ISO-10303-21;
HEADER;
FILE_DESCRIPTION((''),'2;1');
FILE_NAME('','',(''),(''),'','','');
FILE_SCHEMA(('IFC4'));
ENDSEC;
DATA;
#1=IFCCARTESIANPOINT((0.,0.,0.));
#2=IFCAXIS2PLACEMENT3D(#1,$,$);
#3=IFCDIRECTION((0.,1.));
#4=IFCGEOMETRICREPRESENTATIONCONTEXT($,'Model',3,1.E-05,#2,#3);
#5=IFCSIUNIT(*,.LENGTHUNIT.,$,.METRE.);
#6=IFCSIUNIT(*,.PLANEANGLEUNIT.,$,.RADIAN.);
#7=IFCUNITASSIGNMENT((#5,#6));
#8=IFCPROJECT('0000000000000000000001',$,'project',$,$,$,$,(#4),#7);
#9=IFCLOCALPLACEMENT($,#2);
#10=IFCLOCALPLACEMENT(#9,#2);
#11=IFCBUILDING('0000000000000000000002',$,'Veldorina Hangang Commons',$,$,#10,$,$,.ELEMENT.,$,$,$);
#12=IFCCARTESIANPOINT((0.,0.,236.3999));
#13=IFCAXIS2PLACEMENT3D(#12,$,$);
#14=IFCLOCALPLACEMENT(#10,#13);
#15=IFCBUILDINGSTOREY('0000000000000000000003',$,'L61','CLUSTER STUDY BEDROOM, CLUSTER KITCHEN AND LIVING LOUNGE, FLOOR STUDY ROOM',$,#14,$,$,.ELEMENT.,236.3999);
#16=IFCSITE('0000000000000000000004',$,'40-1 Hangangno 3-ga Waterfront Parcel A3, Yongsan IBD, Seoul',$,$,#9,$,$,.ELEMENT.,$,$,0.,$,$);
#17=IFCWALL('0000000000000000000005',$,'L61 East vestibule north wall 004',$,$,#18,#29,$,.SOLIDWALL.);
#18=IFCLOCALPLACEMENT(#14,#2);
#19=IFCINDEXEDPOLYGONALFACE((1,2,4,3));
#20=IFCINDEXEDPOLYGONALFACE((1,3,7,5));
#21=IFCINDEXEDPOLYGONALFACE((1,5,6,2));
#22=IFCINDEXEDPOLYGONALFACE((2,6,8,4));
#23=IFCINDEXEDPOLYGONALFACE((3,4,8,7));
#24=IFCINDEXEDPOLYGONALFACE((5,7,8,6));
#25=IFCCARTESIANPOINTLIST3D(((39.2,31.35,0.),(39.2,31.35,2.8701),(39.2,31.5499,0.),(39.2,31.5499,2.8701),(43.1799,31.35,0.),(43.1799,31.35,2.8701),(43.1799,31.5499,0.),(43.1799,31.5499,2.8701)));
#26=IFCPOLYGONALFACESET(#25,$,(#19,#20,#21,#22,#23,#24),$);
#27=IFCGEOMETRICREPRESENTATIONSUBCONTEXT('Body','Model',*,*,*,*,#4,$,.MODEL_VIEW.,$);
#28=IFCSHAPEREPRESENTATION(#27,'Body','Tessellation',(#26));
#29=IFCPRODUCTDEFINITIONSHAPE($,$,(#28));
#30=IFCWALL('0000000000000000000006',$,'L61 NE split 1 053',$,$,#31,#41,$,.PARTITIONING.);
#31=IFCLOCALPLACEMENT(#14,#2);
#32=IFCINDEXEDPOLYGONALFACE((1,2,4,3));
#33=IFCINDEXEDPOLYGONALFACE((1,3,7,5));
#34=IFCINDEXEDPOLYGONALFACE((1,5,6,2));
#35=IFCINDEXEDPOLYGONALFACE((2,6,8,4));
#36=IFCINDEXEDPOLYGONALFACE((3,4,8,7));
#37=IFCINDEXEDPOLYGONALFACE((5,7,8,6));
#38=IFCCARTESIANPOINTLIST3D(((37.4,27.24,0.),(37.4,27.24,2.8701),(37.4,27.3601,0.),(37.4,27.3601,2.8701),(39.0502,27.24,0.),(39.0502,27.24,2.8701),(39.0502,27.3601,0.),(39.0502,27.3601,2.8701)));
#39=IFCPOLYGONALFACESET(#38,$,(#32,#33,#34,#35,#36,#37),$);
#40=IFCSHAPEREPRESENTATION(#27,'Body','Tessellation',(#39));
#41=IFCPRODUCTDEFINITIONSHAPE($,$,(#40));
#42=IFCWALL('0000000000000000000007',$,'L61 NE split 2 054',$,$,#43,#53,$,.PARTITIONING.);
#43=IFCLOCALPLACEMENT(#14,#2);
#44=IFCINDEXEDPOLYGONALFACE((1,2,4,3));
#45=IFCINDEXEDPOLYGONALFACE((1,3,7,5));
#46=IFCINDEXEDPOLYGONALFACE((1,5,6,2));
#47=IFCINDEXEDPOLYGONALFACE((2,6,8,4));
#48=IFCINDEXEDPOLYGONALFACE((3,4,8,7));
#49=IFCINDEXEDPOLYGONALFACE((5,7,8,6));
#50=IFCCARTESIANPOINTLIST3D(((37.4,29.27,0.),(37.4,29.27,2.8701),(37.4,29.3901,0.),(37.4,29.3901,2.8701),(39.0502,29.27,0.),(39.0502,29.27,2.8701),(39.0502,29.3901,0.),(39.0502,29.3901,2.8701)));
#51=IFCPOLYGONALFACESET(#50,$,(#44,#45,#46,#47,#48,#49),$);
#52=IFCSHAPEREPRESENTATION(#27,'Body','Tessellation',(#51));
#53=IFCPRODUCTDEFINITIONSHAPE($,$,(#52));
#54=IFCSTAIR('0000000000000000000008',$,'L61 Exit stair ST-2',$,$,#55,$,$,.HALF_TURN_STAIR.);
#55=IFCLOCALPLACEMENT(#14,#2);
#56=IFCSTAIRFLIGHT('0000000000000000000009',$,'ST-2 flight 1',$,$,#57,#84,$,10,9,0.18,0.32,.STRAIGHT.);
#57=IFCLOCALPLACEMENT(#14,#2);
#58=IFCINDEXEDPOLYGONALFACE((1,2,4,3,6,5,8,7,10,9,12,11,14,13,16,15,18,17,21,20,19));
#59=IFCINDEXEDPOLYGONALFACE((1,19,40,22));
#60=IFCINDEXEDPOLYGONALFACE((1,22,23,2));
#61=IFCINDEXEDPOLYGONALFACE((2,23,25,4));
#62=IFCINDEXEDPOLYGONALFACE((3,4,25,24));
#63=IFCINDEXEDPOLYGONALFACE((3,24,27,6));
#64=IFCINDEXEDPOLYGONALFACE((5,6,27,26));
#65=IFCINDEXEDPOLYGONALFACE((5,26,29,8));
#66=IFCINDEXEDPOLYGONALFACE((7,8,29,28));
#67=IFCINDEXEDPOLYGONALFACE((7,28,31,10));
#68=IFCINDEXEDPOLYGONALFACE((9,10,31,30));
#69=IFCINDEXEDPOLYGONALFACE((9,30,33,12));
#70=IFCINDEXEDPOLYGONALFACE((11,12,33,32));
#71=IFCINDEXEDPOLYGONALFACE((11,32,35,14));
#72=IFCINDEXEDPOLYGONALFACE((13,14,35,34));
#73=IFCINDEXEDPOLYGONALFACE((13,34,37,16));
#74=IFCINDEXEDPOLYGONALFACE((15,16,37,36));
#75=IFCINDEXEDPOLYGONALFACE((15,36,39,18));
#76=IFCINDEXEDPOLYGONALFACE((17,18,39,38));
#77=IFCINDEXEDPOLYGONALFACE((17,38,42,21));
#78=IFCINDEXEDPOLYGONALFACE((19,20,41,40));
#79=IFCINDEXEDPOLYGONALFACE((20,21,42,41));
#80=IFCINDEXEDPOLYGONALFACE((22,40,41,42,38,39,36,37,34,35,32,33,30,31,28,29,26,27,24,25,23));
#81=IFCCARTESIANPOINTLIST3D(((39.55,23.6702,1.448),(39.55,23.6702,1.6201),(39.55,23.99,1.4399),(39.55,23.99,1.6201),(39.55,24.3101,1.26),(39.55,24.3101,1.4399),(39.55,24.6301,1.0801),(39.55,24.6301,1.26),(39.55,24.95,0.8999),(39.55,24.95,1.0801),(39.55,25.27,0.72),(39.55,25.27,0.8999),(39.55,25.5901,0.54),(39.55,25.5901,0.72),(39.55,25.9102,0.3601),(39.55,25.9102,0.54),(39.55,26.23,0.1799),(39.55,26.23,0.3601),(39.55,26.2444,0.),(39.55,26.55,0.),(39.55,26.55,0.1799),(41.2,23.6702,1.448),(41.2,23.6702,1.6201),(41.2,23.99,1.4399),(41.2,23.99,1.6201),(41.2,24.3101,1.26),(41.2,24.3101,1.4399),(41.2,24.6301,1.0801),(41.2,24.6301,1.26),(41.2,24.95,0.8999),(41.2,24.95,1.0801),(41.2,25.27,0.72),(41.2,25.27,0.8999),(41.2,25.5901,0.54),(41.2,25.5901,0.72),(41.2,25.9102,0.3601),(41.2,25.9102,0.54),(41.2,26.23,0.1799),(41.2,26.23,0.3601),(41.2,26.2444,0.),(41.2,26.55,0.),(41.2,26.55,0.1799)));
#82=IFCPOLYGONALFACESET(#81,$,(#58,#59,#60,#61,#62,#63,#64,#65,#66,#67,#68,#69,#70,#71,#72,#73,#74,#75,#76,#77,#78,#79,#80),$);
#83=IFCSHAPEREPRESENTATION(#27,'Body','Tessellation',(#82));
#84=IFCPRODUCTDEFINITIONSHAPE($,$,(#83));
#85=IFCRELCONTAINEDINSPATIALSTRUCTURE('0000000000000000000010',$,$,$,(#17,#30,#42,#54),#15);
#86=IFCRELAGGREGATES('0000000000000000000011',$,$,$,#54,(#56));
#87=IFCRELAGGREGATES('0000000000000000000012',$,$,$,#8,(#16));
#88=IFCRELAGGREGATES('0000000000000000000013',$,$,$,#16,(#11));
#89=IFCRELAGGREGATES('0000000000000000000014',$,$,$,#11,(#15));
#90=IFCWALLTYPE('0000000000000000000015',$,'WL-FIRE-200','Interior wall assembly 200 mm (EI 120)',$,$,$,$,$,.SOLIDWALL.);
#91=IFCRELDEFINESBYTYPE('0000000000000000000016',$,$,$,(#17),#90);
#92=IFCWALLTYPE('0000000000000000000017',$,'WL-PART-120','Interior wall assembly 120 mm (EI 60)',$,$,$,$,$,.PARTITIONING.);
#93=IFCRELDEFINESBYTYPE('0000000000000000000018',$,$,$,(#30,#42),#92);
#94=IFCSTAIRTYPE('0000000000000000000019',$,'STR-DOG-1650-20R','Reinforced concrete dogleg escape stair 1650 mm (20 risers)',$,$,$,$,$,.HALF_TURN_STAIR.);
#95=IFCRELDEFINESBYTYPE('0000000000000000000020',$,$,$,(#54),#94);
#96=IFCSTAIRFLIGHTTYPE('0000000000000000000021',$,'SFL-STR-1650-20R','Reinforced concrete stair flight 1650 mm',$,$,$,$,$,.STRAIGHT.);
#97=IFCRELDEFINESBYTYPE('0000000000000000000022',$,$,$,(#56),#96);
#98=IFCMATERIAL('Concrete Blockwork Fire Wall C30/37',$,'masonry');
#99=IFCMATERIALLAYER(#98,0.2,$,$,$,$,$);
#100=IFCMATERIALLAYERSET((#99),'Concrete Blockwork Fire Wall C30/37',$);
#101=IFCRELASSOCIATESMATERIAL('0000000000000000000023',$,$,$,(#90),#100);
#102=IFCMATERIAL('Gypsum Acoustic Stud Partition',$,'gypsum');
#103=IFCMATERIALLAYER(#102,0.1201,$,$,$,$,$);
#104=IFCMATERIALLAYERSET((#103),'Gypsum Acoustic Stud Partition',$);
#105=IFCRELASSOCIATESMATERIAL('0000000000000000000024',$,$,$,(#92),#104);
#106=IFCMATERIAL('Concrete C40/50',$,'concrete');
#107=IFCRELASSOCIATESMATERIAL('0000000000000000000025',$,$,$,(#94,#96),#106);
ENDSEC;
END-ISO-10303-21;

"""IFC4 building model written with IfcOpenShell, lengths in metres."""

from ifc_helpers import new_model, si_unit, direction, frame, frame_2d, origin, place, context, subcontext, project, spatial, polyline, rectangle, outline, extrude, material, layer, layer_set, type_object, element, aggregate, save


model = new_model("IFC4")

# Units and contexts
model_context = context("Model", 3, precision=1e-05, world=origin(), true_north=direction((0.0, 1.0)))
body_context = subcontext(model_context, "Body", "Model", "MODEL_VIEW")
ifc_project = project(units=[si_unit("LENGTHUNIT", "METRE"), si_unit("PLANEANGLEUNIT", "RADIAN")], contexts=[model_context])

# Site, building, storey
site_placement = place(None, origin())
site = spatial("IfcSite", under=ifc_project, at=site_placement, Name="40-1 Hangangno 3-ga Waterfront Parcel A3, Yongsan IBD, Seoul", CompositionType="ELEMENT", RefElevation=0.0)
building_placement = place(site_placement, origin())
building = spatial("IfcBuilding", under=site, at=building_placement, Name="Veldorina Hangang Commons", CompositionType="ELEMENT")
storey_placement = place(building_placement, frame((0.0, 0.0, 236.3999)))
storey = spatial("IfcBuildingStorey", under=building, at=storey_placement, Name="L61", Description="CLUSTER STUDY BEDROOM, CLUSTER KITCHEN AND LIVING LOUNGE, FLOOR STUDY ROOM", CompositionType="ELEMENT", Elevation=236.3999)

# Shared definitions
ifc_material_1 = material(Name="Concrete Blockwork Fire Wall C30/37", Category="masonry")
ifc_layer_1 = layer(ifc_material_1, 0.2)
ifc_layer_set_1 = layer_set([ifc_layer_1], Name="Concrete Blockwork Fire Wall C30/37")
wall_type_1 = type_object("IfcWallType", Name="WL-FIRE-200", Description="Interior wall assembly 200 mm (EI 120)", PredefinedType="SOLIDWALL", material=ifc_layer_set_1)

# Walls
wall_1_placement = place(storey_placement, frame((39.2, 31.45, 0.0), z_axis=(0.0, 0.0, 1.0), x_axis=(1.0, 0.0, 0.0)))
element("IfcWall", 1, at=wall_1_placement, inside=storey, type_object=wall_type_1, Name="L61 East vestibule north wall 004", PredefinedType="SOLIDWALL", context=body_context, shape_type="SweptSolid", body=[
    extrude(rectangle(XDim=3.98, YDim=0.2, at=frame_2d((1.99, 0.0))), origin(), (0.0, 0.0, 1.0), 2.8701),
])
ifc_material_2 = material(Name="Gypsum Acoustic Stud Partition", Category="gypsum")
ifc_layer_2 = layer(ifc_material_2, 0.1201)
ifc_layer_set_2 = layer_set([ifc_layer_2], Name="Gypsum Acoustic Stud Partition")
wall_type_2 = type_object("IfcWallType", Name="WL-PART-120", Description="Interior wall assembly 120 mm (EI 60)", PredefinedType="PARTITIONING", material=ifc_layer_set_2)
for number, where, z_axis, x_axis, name in (
    (2, (37.3999, 27.3, 0.0), (0.0, 0.0, 1.0), (1.0, 0.0, 0.0), "L61 NE split 1 053"),
    (3, (37.3999, 29.3301, 0.0), (0.0, 0.0, 1.0), (1.0, 0.0, 0.0), "L61 NE split 2 054"),
):
    element("IfcWall", number, at=place(storey_placement, frame(where, z_axis=z_axis, x_axis=x_axis)), inside=storey, type_object=wall_type_2, Name=name, PredefinedType="PARTITIONING", context=body_context, shape_type="SweptSolid", body=[
        extrude(rectangle(XDim=1.6501, YDim=0.1201, at=frame_2d((0.8252, 0.0))), origin(), (0.0, 0.0, 1.0), 2.8701),
    ])

# Stair, stair flight
ifc_material_3 = material(Name="Concrete C40/50", Category="concrete")
stair_type = type_object("IfcStairType", Name="STR-DOG-1650-20R", Description="Reinforced concrete dogleg escape stair 1650 mm (20 risers)", PredefinedType="HALF_TURN_STAIR", material=ifc_material_3)
stair_placement = place(storey_placement, origin())
stair = element("IfcStair", 4, at=stair_placement, inside=storey, type_object=stair_type, Name="L61 Exit stair ST-2", PredefinedType="HALF_TURN_STAIR")
stair_flight_type = type_object("IfcStairFlightType", Name="SFL-STR-1650-20R", Description="Reinforced concrete stair flight 1650 mm", PredefinedType="STRAIGHT", material=ifc_material_3)
stair_flight_placement = place(storey_placement, frame((40.375, 26.55, 0.0), z_axis=(0.0, 0.0, 1.0), x_axis=(0.0, -1.0, 0.0)))
stair_flight = element("IfcStairFlight", 5, at=stair_flight_placement, type_object=stair_flight_type, Name="ST-2 flight 1", NumberOfRisers=10, NumberOfTreads=9, PredefinedType="STRAIGHT", RiserHeight=0.18, TreadLength=0.32, context=body_context, shape_type="SweptSolid", body=[
    extrude(outline(polyline([(0.0, 0.0), (0.0, 0.1799), (0.3201, 0.1799), (0.3201, 0.3601), (0.6399, 0.3601), (0.6399, 0.54), (0.96, 0.54), (0.96, 0.72), (1.28, 0.72), (1.28, 0.8999), (1.6001, 0.8999), (1.6001, 1.0801), (1.9199, 1.0801), (1.9199, 1.26), (2.24, 1.26), (2.24, 1.4399), (2.5601, 1.4399), (2.5601, 1.6201), (2.8799, 1.6201), (2.8799, 1.8), (2.8799, 1.448), (0.3057, 0.0), (0.0, 0.0)])), frame((0.0, 0.825, 0.0), z_axis=(0.0, -1.0, 0.0), x_axis=(1.0, 0.0, 0.0)), (0.0, 0.0, 1.0), 1.6499),
])
aggregate(stair, [stair_flight])

save(model, "model.ifc")
